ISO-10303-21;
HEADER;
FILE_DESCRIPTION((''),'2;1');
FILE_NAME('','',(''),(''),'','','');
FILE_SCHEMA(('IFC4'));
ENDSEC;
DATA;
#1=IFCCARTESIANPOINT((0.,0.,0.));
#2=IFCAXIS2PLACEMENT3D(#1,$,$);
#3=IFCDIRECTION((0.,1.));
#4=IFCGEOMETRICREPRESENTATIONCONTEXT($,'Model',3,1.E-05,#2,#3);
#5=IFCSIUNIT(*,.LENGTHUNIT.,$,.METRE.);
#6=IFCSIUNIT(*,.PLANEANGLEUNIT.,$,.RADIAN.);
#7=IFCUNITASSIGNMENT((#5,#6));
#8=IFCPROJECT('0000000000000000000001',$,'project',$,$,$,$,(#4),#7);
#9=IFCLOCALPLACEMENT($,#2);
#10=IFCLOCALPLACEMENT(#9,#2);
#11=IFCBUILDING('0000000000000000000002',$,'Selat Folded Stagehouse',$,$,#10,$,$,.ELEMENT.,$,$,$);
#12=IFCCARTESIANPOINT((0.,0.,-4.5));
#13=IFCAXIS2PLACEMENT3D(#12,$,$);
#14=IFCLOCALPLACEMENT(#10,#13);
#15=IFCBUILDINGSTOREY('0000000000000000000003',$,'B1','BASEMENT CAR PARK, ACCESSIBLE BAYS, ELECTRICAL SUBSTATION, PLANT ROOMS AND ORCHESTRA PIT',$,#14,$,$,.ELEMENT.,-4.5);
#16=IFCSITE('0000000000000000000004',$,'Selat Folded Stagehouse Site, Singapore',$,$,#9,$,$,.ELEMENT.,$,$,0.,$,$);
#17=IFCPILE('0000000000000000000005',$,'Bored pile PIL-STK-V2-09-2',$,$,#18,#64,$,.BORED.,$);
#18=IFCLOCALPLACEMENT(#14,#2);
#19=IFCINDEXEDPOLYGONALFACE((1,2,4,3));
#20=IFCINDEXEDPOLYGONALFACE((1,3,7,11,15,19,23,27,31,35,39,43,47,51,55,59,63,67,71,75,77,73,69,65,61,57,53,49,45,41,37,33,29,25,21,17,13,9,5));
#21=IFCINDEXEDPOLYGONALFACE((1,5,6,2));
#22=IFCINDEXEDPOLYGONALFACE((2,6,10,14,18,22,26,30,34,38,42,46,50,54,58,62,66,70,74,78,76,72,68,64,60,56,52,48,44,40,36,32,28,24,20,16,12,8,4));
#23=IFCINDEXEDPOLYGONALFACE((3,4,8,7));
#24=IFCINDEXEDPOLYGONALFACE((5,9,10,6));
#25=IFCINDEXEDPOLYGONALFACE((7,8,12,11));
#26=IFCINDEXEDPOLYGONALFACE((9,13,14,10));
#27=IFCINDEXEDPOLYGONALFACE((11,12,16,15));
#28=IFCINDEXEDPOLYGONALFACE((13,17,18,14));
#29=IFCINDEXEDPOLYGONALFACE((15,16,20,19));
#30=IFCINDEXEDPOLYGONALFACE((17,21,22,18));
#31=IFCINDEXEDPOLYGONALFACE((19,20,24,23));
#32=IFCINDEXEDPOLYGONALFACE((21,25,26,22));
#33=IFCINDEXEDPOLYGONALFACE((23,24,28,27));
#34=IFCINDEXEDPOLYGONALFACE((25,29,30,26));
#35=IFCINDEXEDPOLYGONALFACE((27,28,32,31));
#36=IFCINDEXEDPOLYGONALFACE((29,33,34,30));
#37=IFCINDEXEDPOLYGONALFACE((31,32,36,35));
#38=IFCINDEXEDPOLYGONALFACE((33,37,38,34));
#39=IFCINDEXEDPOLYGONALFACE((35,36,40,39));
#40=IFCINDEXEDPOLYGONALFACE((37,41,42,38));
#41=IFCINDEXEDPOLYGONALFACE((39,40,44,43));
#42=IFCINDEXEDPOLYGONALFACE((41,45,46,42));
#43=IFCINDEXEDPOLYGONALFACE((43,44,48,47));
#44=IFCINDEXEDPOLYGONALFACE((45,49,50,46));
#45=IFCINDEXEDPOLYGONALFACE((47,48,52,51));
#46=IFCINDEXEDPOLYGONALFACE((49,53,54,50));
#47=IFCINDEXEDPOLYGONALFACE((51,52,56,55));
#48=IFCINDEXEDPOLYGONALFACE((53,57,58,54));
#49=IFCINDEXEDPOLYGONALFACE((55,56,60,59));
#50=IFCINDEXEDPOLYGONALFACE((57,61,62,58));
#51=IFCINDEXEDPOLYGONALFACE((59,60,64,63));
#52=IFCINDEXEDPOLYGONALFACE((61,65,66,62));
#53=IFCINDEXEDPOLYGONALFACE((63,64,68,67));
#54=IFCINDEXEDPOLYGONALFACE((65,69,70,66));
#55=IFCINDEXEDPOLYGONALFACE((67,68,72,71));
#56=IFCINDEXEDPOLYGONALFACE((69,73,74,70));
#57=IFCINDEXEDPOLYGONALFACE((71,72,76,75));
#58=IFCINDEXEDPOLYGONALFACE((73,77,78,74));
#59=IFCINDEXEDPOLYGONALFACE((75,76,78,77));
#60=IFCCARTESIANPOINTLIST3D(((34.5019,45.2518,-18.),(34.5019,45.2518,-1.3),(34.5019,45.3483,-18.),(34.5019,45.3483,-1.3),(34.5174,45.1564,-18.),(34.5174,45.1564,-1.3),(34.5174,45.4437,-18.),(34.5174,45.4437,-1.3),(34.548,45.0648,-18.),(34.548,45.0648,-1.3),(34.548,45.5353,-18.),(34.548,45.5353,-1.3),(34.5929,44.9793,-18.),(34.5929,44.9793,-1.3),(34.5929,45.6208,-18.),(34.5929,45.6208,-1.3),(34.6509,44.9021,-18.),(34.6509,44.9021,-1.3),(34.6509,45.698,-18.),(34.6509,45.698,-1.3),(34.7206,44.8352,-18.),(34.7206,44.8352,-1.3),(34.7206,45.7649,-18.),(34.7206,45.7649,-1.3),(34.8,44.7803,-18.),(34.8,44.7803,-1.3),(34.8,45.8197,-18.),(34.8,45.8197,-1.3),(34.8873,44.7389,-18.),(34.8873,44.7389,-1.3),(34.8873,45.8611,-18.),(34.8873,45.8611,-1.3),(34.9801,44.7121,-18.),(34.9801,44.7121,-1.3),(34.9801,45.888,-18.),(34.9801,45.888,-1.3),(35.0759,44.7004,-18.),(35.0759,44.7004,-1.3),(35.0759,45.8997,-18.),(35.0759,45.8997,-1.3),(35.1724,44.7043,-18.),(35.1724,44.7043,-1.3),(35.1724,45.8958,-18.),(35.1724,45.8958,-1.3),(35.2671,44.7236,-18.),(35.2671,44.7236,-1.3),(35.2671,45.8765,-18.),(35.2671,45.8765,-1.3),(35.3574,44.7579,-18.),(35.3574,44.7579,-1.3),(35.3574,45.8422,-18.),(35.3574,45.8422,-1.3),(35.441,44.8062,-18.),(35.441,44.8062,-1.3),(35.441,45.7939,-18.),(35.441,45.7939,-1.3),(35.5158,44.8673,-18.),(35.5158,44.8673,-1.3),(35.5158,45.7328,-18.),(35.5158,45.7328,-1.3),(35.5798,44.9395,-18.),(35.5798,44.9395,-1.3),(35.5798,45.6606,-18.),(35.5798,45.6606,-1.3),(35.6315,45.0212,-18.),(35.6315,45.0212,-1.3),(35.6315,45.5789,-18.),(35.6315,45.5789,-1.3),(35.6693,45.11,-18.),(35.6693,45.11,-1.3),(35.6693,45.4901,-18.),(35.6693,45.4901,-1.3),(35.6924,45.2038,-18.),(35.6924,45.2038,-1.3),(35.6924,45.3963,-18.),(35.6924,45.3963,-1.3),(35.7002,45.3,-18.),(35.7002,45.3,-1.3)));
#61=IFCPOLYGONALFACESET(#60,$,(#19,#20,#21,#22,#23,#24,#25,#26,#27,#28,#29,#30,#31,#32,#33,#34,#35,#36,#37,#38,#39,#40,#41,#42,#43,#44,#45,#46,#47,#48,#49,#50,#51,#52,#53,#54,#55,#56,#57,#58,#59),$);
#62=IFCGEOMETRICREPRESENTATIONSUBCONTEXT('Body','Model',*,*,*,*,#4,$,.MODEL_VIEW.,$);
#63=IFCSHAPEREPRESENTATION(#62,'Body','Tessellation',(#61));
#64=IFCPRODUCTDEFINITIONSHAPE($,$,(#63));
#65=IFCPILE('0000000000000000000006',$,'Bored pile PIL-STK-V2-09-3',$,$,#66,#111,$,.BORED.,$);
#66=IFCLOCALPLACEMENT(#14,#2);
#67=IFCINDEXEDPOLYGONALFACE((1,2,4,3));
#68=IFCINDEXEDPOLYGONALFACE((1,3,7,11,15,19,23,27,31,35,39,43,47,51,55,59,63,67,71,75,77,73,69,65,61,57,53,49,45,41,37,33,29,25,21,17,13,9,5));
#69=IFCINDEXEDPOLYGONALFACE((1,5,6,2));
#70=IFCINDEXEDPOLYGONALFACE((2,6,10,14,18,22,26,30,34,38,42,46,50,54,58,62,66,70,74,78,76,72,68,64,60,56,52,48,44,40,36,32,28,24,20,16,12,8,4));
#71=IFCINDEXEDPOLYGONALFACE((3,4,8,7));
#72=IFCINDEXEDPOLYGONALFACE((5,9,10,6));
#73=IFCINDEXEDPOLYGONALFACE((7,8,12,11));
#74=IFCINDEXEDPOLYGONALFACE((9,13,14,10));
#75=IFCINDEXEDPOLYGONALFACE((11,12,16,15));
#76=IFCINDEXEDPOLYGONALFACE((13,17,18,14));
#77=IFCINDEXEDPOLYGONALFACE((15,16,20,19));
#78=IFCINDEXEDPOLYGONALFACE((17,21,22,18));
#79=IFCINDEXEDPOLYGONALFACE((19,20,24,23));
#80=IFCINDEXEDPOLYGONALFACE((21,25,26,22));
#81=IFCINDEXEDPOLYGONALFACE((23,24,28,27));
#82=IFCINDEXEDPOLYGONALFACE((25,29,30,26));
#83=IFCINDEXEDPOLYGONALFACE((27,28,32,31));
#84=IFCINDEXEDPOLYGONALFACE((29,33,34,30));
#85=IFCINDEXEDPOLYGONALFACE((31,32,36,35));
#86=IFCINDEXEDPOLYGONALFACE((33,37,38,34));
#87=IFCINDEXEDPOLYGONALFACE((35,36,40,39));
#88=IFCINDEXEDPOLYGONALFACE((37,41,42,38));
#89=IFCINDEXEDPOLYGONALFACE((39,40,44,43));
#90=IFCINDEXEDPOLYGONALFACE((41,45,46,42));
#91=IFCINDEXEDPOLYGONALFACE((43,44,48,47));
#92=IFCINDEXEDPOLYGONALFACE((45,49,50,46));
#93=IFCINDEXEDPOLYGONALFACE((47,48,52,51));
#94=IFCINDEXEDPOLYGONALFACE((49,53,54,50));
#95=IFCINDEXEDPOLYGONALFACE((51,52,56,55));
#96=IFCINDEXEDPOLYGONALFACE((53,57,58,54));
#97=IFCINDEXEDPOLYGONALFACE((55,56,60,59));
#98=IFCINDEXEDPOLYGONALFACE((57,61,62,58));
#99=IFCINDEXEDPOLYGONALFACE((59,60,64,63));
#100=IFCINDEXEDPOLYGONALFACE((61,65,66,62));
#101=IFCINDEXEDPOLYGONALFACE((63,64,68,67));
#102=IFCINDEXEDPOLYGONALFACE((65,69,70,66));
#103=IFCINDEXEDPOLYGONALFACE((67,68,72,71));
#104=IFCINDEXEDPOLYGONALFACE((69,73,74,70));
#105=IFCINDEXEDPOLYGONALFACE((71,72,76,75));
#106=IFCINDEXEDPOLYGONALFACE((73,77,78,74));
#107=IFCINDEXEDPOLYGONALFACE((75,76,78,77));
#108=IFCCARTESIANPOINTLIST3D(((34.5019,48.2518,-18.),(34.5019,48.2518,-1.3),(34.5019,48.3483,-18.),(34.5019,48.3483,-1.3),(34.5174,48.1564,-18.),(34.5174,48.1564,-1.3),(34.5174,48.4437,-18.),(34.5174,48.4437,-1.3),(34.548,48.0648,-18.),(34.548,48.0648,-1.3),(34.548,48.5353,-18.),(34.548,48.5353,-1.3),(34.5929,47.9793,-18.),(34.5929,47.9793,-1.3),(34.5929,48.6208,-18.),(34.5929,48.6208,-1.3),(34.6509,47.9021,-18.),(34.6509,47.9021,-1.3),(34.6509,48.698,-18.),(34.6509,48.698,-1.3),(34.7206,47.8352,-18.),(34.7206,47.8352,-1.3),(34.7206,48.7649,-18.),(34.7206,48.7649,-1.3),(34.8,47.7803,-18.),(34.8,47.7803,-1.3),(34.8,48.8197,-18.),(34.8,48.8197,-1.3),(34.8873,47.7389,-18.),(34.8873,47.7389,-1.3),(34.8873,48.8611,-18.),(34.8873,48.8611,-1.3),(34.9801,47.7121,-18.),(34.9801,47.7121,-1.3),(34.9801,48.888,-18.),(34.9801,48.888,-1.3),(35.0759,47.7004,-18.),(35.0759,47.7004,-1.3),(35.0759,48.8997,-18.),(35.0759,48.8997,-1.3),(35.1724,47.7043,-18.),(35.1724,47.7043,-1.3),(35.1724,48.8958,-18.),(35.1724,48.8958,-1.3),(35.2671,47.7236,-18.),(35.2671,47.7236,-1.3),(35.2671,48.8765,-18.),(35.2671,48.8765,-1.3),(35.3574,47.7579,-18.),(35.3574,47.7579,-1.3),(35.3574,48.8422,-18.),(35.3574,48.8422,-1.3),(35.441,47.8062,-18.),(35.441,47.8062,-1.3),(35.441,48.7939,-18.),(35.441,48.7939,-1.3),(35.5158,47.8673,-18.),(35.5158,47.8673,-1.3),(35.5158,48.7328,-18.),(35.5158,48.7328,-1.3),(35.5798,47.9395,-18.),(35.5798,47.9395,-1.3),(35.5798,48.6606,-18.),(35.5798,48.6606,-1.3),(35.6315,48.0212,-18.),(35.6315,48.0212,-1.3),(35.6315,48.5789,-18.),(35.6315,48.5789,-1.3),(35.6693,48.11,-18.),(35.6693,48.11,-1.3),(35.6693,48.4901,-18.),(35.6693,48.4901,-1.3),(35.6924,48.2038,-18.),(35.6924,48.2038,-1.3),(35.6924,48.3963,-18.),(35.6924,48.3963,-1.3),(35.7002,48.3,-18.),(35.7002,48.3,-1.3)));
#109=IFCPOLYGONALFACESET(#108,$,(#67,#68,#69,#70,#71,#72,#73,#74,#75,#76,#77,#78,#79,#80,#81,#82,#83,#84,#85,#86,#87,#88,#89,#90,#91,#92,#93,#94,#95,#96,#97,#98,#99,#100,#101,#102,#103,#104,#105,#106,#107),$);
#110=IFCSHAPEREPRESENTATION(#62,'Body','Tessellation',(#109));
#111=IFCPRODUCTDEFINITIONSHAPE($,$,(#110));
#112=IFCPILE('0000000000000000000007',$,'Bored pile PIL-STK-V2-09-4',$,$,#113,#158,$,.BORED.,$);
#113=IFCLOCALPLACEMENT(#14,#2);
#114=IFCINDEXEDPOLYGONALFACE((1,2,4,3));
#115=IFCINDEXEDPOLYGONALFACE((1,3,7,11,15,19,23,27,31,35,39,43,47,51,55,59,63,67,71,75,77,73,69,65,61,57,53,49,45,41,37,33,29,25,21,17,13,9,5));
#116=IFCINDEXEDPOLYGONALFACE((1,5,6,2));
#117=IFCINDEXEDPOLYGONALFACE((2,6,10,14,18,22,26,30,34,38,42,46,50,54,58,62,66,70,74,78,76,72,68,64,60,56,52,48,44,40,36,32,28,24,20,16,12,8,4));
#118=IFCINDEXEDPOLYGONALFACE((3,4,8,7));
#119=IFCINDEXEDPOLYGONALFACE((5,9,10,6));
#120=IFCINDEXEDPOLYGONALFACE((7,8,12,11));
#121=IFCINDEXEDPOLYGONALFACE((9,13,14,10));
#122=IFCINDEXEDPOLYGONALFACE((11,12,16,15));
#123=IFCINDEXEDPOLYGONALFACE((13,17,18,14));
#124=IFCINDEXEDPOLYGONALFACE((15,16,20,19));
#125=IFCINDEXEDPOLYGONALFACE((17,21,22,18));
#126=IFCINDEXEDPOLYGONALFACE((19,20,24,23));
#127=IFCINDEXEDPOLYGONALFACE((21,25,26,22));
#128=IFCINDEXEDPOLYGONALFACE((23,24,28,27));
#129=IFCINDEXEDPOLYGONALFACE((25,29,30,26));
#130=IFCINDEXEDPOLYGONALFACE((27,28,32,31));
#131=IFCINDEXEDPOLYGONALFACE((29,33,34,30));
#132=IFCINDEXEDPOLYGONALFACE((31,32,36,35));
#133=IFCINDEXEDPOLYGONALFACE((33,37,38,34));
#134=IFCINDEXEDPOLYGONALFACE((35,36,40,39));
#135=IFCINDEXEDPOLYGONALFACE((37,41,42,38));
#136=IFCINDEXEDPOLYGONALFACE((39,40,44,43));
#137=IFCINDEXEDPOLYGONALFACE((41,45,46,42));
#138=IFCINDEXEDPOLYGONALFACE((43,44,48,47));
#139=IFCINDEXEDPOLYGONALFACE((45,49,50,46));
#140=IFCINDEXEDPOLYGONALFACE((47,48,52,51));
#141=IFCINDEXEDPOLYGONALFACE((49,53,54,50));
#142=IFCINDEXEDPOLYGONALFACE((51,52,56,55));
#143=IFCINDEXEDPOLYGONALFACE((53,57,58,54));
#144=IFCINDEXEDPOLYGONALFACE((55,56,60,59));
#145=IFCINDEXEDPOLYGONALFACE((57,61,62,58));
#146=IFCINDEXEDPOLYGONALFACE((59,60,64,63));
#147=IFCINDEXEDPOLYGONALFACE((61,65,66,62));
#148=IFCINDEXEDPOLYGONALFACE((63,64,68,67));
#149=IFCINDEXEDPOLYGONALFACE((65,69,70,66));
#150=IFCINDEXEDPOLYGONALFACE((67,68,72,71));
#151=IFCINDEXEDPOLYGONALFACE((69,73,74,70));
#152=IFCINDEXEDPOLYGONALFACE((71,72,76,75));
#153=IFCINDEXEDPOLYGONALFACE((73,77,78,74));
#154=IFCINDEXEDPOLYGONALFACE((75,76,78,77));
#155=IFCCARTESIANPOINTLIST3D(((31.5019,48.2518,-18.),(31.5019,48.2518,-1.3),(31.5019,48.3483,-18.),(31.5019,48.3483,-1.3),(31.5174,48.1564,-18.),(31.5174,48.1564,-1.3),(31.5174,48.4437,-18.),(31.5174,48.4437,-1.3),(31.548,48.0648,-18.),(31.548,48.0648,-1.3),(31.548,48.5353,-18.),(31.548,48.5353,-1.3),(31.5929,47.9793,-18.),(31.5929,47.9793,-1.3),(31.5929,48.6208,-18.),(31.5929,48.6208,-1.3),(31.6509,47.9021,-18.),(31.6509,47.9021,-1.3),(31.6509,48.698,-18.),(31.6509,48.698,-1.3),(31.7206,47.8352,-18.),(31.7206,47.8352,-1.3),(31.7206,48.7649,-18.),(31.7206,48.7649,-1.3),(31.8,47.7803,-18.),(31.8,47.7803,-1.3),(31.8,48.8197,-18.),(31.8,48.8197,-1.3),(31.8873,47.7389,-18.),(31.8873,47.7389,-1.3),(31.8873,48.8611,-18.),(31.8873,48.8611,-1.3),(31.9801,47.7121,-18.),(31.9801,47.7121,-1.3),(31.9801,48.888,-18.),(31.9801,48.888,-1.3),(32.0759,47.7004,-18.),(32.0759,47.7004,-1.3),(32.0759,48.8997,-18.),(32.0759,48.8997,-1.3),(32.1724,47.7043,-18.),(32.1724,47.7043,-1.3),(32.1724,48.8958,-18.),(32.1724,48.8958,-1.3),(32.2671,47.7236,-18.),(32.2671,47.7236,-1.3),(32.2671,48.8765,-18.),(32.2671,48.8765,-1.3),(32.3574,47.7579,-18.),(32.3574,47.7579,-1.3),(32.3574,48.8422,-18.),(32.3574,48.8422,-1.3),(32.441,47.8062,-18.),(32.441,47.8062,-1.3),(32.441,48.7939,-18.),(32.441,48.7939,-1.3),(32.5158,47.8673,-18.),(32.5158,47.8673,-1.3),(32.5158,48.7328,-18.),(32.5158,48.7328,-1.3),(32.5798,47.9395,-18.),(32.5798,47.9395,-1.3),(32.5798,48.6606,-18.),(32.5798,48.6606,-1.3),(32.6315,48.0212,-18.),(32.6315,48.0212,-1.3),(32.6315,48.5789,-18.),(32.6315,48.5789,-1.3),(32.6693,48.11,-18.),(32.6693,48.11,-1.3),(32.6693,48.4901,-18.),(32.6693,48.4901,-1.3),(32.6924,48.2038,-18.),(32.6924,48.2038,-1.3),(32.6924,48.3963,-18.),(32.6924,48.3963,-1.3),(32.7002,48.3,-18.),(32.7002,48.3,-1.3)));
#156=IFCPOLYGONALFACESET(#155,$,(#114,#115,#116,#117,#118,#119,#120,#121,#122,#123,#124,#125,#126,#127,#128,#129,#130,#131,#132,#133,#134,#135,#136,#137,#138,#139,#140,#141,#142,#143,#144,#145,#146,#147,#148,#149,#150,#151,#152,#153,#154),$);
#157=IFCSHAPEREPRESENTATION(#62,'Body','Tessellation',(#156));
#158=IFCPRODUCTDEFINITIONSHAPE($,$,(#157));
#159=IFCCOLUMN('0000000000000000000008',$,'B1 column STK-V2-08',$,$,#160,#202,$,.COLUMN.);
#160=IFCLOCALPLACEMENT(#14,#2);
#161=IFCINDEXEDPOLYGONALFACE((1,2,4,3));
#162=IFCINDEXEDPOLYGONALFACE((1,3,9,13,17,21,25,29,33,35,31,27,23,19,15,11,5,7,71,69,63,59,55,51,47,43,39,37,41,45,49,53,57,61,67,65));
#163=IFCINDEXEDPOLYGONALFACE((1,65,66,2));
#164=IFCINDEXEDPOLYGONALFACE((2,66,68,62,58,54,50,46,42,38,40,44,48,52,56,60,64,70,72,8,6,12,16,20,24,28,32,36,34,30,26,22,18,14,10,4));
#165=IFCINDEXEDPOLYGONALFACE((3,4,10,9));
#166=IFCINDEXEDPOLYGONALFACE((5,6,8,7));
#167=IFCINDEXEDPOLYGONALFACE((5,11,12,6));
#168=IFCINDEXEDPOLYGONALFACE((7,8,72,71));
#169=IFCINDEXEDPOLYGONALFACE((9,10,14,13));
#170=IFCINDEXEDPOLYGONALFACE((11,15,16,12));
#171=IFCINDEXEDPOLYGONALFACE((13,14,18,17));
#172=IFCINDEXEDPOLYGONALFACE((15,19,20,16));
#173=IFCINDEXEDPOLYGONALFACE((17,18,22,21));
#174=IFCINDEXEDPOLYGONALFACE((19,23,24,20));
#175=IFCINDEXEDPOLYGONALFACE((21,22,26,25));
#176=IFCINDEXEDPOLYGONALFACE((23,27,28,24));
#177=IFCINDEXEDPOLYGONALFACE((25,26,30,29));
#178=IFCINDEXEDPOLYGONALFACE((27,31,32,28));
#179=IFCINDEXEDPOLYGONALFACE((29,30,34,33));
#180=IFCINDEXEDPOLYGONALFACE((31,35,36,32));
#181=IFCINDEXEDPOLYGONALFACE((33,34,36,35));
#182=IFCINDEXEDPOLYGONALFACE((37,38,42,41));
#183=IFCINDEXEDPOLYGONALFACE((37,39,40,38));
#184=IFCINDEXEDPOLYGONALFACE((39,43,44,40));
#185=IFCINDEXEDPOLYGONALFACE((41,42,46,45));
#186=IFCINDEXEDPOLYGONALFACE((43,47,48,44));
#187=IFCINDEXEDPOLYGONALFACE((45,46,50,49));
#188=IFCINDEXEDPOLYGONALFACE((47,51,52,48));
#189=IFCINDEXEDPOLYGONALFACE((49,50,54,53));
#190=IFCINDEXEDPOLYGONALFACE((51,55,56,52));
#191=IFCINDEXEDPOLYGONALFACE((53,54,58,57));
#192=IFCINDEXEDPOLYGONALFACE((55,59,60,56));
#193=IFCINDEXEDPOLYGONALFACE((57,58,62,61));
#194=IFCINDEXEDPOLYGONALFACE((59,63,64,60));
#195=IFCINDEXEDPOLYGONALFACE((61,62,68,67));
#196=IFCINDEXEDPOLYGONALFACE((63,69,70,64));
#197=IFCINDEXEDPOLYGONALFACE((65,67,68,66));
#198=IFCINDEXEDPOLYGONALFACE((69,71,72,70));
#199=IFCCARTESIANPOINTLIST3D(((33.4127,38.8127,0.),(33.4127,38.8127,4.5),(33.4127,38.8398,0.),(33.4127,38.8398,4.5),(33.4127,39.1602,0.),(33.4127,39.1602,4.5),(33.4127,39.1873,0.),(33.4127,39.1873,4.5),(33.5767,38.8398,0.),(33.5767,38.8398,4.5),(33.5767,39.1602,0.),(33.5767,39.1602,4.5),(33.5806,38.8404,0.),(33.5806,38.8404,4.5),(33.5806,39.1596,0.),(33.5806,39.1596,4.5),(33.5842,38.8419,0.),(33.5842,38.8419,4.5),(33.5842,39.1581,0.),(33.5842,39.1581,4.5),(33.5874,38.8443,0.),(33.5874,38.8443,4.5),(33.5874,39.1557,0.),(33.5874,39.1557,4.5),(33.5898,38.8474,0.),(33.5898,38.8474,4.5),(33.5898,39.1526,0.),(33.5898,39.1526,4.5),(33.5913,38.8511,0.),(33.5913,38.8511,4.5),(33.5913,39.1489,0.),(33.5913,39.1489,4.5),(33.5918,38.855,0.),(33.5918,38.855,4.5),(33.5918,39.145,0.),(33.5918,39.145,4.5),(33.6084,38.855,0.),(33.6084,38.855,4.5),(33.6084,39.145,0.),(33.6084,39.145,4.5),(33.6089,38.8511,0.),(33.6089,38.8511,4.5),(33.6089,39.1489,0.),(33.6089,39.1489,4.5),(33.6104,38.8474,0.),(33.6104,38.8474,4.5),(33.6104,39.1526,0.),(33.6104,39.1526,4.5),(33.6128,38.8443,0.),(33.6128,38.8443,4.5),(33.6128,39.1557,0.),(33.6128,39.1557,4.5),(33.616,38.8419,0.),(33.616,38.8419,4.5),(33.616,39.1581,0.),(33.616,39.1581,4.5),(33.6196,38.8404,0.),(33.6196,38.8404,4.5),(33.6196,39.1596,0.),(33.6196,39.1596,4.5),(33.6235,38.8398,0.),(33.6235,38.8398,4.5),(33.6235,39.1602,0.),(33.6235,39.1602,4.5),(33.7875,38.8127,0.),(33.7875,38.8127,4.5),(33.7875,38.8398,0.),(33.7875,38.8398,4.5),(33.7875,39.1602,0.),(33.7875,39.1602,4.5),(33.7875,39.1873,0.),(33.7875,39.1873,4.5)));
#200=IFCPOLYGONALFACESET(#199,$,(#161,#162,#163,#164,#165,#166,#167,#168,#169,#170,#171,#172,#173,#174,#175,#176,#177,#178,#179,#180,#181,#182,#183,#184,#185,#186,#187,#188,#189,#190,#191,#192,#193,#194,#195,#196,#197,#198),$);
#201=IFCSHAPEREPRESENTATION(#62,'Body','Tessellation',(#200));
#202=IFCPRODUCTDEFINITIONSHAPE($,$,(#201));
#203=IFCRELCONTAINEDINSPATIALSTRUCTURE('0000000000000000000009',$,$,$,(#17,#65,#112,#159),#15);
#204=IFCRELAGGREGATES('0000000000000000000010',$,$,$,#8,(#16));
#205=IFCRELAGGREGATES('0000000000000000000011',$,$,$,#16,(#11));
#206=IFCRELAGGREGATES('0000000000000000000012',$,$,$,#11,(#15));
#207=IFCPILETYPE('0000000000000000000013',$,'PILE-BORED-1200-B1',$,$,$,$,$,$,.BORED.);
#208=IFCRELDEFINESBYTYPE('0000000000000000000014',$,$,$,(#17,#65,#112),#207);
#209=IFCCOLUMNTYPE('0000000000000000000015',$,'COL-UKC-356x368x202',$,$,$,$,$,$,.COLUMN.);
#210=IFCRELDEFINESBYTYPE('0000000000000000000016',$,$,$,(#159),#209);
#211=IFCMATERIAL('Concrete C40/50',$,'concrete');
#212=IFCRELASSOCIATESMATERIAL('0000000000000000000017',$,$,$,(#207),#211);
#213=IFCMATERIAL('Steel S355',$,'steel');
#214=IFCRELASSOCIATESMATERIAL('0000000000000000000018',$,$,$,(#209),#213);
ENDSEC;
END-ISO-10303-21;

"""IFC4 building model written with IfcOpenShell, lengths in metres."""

from ifc_helpers import new_model, si_unit, direction, frame, origin, origin_2d, place, context, subcontext, project, spatial, circle, i_section, extrude, material, material_profile, profile_set, type_object, element, save


model = new_model("IFC4")

# Units and contexts
model_context = context("Model", 3, precision=1e-05, world=origin(), true_north=direction((0.0, 1.0)))
body_context = subcontext(model_context, "Body", "Model", "MODEL_VIEW")
ifc_project = project(units=[si_unit("LENGTHUNIT", "METRE"), si_unit("PLANEANGLEUNIT", "RADIAN")], contexts=[model_context])

# Site, building, storey
site_placement = place(None, origin())
site = spatial("IfcSite", under=ifc_project, at=site_placement, Name="Selat Folded Stagehouse Site, Singapore", CompositionType="ELEMENT", RefElevation=0.0)
building_placement = place(site_placement, origin())
building = spatial("IfcBuilding", under=site, at=building_placement, Name="Selat Folded Stagehouse", CompositionType="ELEMENT")
storey_placement = place(building_placement, frame((0.0, 0.0, -4.5)))
storey = spatial("IfcBuildingStorey", under=building, at=storey_placement, Name="B1", Description="BASEMENT CAR PARK, ACCESSIBLE BAYS, ELECTRICAL SUBSTATION, PLANT ROOMS AND ORCHESTRA PIT", CompositionType="ELEMENT", Elevation=-4.5)

# Shared definitions
ifc_material_1 = material(Name="Concrete C40/50", Category="concrete")

# Piles
ifc_material_profile_1 = material_profile(ifc_material_1, circle(Radius=0.6001, at=origin_2d()), Name="PILE D1200")
ifc_profile_set_1 = profile_set([ifc_material_profile_1], Name="Concrete C40/50")
pile_type = type_object("IfcPileType", Name="PILE-BORED-1200-B1", PredefinedType="BORED", material=ifc_profile_set_1)
for number, where, z_axis, x_axis, name in (
    (1, (35.1001, 45.3, -1.3), (0.0, 0.0, -1.0), (1.0, 0.0, 0.0), "Bored pile PIL-STK-V2-09-2"),
    (2, (35.1001, 48.3, -1.3), (0.0, 0.0, -1.0), (1.0, 0.0, 0.0), "Bored pile PIL-STK-V2-09-3"),
    (3, (32.1001, 48.3, -1.3), (0.0, 0.0, -1.0), (1.0, 0.0, 0.0), "Bored pile PIL-STK-V2-09-4"),
):
    element("IfcPile", number, at=place(storey_placement, frame(where, z_axis=z_axis, x_axis=x_axis)), inside=storey, type_object=pile_type, Name=name, PredefinedType="BORED", context=body_context, shape_type="SweptSolid", body=[
        extrude(circle(Radius=0.6001, at=origin_2d()), origin(), (0.0, 0.0, 1.0), 16.7),
    ])

# Column
ifc_material_2 = material(Name="Steel S355", Category="steel")
ifc_material_profile_2 = material_profile(ifc_material_2, i_section(OverallWidth=0.3748, OverallDepth=0.3745, WebThickness=0.0166, FlangeThickness=0.0271, FilletRadius=0.0151, at=origin_2d()), Name="UKC 356x368x202")
ifc_profile_set_2 = profile_set([ifc_material_profile_2], Name="Steel S355")
column_type = type_object("IfcColumnType", Name="COL-UKC-356x368x202", PredefinedType="COLUMN", material=ifc_profile_set_2)
for number, where, z_axis, x_axis, name in (
    (4, (33.6001, 39.0, 0.0), (0.0, 0.0, 1.0), (1.0, 0.0, 0.0), "B1 column STK-V2-08"),
):
    element("IfcColumn", number, at=place(storey_placement, frame(where, z_axis=z_axis, x_axis=x_axis)), inside=storey, type_object=column_type, Name=name, PredefinedType="COLUMN", context=body_context, shape_type="SweptSolid", body=[
        extrude(i_section(OverallWidth=0.3748, OverallDepth=0.3745, WebThickness=0.0166, FlangeThickness=0.0271, FilletRadius=0.0151, at=origin_2d()), origin(), (0.0, 0.0, 1.0), 4.5),
    ])

save(model, "model.ifc")
